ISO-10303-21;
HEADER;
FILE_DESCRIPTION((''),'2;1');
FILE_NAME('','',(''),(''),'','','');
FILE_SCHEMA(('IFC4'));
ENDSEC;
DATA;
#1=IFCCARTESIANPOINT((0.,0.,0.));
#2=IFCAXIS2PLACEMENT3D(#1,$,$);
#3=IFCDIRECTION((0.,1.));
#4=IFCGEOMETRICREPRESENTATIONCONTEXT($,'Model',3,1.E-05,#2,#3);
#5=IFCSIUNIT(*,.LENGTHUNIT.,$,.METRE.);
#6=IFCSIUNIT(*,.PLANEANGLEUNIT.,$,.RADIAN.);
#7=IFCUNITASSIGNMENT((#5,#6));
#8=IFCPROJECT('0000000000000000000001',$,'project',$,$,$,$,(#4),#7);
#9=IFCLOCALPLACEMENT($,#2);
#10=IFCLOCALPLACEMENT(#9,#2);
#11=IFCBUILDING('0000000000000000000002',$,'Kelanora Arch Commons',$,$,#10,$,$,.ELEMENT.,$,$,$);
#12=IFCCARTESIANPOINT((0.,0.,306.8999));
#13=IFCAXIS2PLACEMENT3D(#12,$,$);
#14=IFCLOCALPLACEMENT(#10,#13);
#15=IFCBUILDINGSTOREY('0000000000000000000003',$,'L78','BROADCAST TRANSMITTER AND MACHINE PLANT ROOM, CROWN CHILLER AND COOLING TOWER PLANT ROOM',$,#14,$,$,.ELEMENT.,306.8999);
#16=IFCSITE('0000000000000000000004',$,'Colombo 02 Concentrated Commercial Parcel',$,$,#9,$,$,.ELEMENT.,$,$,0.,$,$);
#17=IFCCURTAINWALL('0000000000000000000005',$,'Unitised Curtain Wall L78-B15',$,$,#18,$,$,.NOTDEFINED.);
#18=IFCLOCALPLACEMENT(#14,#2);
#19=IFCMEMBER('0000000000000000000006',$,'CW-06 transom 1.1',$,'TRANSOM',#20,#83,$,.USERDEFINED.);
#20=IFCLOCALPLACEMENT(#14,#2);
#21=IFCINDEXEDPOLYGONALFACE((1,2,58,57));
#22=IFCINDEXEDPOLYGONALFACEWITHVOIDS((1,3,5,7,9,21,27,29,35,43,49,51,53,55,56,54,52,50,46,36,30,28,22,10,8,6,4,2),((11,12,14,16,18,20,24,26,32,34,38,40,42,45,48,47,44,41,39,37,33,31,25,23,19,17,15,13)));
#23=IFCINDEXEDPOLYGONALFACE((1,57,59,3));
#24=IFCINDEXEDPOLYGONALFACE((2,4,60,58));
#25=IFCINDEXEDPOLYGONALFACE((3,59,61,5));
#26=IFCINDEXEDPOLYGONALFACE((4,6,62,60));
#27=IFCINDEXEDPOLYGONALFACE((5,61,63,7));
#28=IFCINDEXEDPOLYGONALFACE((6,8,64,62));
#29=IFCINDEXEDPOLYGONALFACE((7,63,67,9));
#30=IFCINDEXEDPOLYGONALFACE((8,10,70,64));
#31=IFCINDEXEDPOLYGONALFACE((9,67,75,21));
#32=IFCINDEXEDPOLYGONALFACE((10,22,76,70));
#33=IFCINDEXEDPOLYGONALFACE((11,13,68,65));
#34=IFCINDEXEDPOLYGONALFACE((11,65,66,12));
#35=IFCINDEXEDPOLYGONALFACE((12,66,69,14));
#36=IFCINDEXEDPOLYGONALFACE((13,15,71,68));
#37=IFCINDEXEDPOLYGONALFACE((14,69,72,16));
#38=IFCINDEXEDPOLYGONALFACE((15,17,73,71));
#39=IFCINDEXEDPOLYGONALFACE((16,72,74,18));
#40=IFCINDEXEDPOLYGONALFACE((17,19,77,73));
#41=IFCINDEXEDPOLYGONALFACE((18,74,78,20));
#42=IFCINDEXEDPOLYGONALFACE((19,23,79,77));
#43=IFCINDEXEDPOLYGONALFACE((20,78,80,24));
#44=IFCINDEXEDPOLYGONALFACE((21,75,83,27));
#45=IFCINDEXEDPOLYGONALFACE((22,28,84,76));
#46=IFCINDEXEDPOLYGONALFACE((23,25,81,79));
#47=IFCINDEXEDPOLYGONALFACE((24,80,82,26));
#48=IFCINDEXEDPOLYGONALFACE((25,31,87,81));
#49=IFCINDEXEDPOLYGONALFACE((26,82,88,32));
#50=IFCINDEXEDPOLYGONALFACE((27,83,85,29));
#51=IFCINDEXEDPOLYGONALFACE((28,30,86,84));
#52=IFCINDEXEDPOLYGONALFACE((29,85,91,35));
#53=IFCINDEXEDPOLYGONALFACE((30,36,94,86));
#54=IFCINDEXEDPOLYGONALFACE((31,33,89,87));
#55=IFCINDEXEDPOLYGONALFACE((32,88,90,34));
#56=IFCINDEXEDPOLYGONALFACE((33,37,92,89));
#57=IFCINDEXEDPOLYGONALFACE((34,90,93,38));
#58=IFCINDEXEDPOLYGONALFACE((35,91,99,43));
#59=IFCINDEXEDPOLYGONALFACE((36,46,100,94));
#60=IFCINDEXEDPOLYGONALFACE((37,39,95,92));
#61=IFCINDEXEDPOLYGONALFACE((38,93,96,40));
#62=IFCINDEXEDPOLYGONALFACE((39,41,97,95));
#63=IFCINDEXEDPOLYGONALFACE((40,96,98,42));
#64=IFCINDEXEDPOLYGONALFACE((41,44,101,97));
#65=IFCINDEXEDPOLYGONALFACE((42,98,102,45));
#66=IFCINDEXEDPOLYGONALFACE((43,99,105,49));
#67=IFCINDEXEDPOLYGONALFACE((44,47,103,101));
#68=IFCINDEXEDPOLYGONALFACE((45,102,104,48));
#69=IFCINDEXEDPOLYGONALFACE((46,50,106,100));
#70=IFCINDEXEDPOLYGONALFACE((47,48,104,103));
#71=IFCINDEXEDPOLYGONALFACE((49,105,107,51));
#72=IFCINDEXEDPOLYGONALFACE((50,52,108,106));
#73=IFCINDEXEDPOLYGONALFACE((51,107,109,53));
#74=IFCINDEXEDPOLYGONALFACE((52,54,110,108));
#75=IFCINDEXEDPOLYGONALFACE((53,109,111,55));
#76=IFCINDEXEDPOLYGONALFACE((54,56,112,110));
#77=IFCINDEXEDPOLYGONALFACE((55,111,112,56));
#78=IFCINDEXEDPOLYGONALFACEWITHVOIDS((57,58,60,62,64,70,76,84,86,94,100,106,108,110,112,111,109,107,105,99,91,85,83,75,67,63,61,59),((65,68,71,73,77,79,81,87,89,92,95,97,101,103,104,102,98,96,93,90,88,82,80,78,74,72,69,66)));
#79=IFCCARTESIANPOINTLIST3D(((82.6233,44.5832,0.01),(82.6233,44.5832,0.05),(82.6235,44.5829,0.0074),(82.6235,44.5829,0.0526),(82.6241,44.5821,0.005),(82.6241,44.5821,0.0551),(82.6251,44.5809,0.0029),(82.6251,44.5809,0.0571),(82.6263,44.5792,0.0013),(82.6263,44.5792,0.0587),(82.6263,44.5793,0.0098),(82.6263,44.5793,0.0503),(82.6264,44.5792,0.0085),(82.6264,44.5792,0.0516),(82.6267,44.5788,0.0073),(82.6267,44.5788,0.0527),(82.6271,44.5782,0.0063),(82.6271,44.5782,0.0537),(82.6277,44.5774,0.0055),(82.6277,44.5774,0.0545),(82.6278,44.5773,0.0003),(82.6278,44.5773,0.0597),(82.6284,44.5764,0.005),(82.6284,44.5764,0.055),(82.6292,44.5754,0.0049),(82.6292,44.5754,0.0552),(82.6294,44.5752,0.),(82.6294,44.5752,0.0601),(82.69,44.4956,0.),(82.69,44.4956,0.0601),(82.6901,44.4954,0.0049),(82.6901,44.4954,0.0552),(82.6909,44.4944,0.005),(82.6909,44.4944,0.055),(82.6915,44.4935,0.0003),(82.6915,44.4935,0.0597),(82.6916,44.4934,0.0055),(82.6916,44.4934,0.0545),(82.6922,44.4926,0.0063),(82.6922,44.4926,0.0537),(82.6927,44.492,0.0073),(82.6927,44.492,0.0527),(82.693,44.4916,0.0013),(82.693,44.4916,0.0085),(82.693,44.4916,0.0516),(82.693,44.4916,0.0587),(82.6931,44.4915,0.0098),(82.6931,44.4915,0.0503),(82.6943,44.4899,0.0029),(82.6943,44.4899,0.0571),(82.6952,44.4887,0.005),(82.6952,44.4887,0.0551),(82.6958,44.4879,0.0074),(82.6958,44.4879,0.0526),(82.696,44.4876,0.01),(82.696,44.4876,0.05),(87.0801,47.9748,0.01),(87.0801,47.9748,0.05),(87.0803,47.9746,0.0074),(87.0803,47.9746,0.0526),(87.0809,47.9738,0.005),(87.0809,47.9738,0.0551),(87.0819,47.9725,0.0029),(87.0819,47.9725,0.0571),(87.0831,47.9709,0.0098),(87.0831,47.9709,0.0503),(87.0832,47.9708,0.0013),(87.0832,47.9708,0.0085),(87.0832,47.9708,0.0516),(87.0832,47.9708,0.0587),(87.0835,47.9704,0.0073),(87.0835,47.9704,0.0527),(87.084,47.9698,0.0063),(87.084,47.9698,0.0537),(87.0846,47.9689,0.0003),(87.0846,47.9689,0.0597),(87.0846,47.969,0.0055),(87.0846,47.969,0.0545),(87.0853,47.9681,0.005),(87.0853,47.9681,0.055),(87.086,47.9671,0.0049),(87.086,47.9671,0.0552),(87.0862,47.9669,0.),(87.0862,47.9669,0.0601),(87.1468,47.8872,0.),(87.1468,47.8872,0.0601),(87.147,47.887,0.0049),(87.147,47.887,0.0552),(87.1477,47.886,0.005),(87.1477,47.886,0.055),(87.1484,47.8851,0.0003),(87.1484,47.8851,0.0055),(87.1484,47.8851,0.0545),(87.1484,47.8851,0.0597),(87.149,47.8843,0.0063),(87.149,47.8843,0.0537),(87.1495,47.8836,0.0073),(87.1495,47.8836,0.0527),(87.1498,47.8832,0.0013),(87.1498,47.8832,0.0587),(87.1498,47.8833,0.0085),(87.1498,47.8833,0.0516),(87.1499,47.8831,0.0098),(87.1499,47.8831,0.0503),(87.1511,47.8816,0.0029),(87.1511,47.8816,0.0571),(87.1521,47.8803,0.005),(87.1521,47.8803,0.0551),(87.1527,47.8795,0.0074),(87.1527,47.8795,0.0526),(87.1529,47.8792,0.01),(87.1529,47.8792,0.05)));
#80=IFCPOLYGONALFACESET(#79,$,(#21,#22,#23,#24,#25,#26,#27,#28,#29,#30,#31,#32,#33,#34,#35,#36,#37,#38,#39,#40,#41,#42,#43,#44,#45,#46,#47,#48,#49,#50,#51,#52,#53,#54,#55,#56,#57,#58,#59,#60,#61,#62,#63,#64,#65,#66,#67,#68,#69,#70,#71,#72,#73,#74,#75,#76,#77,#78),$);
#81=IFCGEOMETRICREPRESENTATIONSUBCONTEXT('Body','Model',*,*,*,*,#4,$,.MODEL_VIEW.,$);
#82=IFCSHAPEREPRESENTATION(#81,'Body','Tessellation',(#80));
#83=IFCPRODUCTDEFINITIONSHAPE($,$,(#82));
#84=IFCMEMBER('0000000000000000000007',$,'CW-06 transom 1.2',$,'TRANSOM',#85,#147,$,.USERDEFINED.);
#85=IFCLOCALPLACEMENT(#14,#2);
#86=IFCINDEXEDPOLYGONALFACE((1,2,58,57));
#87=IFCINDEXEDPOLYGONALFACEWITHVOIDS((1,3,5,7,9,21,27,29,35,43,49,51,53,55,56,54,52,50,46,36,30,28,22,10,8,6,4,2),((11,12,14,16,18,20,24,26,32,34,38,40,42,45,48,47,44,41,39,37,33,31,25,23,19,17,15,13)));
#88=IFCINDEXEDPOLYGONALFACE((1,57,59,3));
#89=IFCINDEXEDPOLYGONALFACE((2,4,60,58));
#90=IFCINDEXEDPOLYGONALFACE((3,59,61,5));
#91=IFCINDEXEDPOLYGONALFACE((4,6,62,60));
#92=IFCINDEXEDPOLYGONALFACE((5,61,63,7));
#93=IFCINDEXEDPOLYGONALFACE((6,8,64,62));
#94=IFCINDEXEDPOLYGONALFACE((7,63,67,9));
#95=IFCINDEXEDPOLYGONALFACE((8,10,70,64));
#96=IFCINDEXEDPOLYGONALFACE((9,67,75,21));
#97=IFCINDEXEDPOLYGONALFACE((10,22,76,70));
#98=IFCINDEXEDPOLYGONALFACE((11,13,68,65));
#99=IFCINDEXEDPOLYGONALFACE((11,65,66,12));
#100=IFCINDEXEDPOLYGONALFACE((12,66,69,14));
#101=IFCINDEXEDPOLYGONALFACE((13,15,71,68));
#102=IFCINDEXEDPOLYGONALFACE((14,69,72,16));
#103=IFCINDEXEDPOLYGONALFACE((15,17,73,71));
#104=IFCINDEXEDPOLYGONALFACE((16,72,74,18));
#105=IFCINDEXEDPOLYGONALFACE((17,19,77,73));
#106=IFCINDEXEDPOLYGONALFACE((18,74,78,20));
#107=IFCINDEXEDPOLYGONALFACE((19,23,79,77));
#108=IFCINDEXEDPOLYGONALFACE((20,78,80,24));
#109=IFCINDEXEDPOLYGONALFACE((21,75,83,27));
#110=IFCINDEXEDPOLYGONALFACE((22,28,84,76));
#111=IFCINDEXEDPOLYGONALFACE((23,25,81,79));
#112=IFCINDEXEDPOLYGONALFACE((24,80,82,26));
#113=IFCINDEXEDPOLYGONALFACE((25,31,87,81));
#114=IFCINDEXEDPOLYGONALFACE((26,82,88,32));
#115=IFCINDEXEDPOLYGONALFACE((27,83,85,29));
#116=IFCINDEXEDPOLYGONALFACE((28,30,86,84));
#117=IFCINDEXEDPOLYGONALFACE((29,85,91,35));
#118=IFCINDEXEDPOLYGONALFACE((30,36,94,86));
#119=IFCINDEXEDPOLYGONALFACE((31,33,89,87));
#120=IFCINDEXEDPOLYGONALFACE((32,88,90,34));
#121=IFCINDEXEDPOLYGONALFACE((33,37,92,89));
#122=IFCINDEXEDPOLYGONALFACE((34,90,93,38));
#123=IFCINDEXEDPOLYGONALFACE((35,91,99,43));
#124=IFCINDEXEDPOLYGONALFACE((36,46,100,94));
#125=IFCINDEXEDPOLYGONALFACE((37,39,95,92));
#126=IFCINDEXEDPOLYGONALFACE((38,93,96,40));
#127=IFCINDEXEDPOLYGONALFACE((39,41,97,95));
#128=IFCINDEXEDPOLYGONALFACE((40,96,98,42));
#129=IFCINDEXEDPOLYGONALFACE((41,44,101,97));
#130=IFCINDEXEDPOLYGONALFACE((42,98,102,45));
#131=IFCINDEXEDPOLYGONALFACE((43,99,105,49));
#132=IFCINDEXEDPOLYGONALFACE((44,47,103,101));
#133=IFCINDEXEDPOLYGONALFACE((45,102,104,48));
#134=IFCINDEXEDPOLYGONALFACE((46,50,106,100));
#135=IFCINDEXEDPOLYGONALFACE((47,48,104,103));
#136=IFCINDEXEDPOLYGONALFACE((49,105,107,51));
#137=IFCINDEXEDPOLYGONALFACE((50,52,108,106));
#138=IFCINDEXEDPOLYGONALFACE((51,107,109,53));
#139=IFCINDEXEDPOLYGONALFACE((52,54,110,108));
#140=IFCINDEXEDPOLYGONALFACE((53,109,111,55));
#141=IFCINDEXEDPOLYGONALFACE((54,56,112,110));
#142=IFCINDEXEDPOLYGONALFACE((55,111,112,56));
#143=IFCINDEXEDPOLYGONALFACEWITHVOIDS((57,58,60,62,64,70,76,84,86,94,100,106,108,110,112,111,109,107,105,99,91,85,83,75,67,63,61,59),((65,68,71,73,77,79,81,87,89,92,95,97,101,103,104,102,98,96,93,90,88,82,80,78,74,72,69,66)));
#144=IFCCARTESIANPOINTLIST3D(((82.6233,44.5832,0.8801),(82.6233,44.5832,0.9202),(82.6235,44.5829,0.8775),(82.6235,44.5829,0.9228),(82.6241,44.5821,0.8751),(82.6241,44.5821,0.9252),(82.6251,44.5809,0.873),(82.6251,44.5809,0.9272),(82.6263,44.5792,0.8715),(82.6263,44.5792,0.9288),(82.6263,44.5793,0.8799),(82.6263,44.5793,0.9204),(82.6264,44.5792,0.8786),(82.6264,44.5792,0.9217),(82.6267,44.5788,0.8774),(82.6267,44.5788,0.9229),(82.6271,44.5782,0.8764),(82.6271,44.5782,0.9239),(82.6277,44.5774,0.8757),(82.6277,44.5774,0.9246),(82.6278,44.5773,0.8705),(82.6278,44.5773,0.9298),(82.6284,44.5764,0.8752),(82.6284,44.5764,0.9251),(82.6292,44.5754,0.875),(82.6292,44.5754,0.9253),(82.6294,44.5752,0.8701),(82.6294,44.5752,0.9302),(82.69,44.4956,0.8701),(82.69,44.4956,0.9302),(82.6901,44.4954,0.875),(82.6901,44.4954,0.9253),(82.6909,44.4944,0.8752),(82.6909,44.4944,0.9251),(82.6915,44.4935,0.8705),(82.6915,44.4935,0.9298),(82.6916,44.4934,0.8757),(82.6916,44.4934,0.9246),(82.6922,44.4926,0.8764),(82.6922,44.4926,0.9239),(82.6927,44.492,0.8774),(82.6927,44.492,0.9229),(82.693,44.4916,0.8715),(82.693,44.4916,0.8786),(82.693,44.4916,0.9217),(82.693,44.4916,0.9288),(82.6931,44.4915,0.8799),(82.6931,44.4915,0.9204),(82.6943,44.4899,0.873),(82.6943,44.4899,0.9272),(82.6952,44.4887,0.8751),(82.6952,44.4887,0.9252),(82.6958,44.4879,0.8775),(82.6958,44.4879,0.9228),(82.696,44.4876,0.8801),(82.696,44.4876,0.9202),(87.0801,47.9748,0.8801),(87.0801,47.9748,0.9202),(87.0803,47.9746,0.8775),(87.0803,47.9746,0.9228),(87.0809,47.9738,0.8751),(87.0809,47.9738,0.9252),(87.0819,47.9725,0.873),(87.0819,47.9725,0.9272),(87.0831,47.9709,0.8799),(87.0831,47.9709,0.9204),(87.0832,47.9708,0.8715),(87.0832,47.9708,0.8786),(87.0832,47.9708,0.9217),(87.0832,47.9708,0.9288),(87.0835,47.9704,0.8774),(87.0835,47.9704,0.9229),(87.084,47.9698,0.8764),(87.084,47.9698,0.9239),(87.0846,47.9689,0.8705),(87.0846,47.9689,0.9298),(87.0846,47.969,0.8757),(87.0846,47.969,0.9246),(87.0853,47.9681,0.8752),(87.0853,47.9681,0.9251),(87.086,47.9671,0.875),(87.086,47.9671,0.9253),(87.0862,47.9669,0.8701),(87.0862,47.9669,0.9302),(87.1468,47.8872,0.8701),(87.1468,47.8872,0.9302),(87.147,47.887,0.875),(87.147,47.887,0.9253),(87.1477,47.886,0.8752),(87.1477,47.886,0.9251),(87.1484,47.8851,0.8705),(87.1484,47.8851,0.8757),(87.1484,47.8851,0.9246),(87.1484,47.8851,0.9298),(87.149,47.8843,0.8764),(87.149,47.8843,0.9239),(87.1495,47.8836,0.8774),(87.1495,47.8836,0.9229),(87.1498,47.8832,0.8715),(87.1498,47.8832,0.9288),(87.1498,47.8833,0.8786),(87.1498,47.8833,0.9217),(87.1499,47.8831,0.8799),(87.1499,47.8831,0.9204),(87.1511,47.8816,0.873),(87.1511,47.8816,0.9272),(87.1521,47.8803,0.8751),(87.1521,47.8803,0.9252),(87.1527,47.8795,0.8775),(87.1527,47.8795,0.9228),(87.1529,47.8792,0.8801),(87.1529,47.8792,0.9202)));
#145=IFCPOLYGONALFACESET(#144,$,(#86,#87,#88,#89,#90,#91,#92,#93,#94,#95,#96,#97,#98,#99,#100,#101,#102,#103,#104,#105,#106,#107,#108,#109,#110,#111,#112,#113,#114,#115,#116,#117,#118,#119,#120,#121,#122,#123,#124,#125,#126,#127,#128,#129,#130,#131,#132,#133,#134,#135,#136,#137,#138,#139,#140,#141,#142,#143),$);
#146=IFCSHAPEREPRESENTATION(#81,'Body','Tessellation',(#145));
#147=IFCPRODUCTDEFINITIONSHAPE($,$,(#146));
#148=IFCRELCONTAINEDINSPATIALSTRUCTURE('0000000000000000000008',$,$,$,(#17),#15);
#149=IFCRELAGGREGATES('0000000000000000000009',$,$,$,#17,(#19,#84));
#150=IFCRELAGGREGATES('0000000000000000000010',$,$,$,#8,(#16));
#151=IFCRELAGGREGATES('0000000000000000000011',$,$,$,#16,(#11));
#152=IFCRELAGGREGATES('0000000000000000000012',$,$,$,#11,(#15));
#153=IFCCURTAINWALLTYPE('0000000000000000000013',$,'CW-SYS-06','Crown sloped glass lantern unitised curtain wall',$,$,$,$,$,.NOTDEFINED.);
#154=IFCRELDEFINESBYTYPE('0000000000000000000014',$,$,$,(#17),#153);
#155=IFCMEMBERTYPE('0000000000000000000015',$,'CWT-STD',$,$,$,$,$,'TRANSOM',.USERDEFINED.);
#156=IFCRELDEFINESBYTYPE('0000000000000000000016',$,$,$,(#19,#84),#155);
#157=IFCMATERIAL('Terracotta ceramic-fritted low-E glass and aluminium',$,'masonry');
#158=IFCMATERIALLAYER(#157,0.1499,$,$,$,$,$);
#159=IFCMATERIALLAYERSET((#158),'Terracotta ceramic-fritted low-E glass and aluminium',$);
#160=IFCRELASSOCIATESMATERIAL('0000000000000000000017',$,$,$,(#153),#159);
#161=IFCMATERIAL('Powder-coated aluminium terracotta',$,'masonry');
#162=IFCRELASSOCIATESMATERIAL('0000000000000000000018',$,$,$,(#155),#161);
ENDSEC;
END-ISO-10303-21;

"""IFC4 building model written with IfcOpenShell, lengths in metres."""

from ifc_helpers import new_model, si_unit, direction, frame, origin, origin_2d, place, context, subcontext, project, spatial, hollow_rectangle, extrude, material, layer, layer_set, material_profile, profile_set, type_object, element, aggregate, save


model = new_model("IFC4")

# Units and contexts
model_context = context("Model", 3, precision=1e-05, world=origin(), true_north=direction((0.0, 1.0)))
body_context = subcontext(model_context, "Body", "Model", "MODEL_VIEW")
ifc_project = project(units=[si_unit("LENGTHUNIT", "METRE"), si_unit("PLANEANGLEUNIT", "RADIAN")], contexts=[model_context])

# Site, building, storey
site_placement = place(None, origin())
site = spatial("IfcSite", under=ifc_project, at=site_placement, Name="Colombo 02 Concentrated Commercial Parcel", CompositionType="ELEMENT", RefElevation=0.0)
building_placement = place(site_placement, origin())
building = spatial("IfcBuilding", under=site, at=building_placement, Name="Kelanora Arch Commons", CompositionType="ELEMENT")
storey_placement = place(building_placement, frame((0.0, 0.0, 306.8999)))
storey = spatial("IfcBuildingStorey", under=building, at=storey_placement, Name="L78", Description="BROADCAST TRANSMITTER AND MACHINE PLANT ROOM, CROWN CHILLER AND COOLING TOWER PLANT ROOM", CompositionType="ELEMENT", Elevation=306.8999)

# Shared definitions
ifc_material_1 = material(Name="Terracotta ceramic-fritted low-E glass and aluminium", Category="masonry")
ifc_layer_1 = layer(ifc_material_1, 0.1499)
ifc_layer_set_1 = layer_set([ifc_layer_1], Name="Terracotta ceramic-fritted low-E glass and aluminium")
curtain_wall_type = type_object("IfcCurtainWallType", Name="CW-SYS-06", Description="Crown sloped glass lantern unitised curtain wall", PredefinedType="NOTDEFINED", material=ifc_layer_set_1)
ifc_material_2 = material(Name="Powder-coated aluminium terracotta", Category="masonry")

# Curtain wall
curtain_wall_1_placement = place(storey_placement, origin())
curtain_wall_1 = element("IfcCurtainWall", 1, at=curtain_wall_1_placement, inside=storey, type_object=curtain_wall_type, Name="Unitised Curtain Wall L78-B15", PredefinedType="NOTDEFINED")

# Members
ifc_material_profile_1 = material_profile(ifc_material_2, hollow_rectangle(XDim=0.1201, YDim=0.0601, WallThickness=0.0049, InnerFilletRadius=0.0049, OuterFilletRadius=0.01, at=origin_2d()), Name="CWT120x60")
ifc_profile_set_1 = profile_set([ifc_material_profile_1], Name="Powder-coated aluminium terracotta")
member_type_1 = type_object("IfcMemberType", Name="CWT-STD", ElementType="TRANSOM", PredefinedType="USERDEFINED", material=ifc_profile_set_1)
member_1_placement = place(storey_placement, frame((82.6597, 44.5354, 0.03), z_axis=(0.79578, 0.605586, 0.0), x_axis=(-0.605586, 0.79578, 0.0)))
member_1 = element("IfcMember", 2, at=member_1_placement, type_object=member_type_1, Name="CW-06 transom 1.1", ObjectType="TRANSOM", PredefinedType="USERDEFINED", context=body_context, shape_type="SweptSolid", body=[
    extrude(hollow_rectangle(XDim=0.1201, YDim=0.0601, WallThickness=0.0049, InnerFilletRadius=0.0049, OuterFilletRadius=0.01, at=origin_2d()), origin(), (0.0, 0.0, 1.0), 5.6006),
])
member_2_placement = place(storey_placement, frame((82.6597, 44.5354, 0.9001), z_axis=(0.79578, 0.605586, 0.0), x_axis=(-0.605586, 0.79578, 0.0)))
member_2 = element("IfcMember", 3, at=member_2_placement, type_object=member_type_1, Name="CW-06 transom 1.2", ObjectType="TRANSOM", PredefinedType="USERDEFINED", context=body_context, shape_type="SweptSolid", body=[
    extrude(hollow_rectangle(XDim=0.1201, YDim=0.0601, WallThickness=0.0049, InnerFilletRadius=0.0049, OuterFilletRadius=0.01, at=origin_2d()), origin(), (0.0, 0.0, 1.0), 5.6006),
])

aggregate(curtain_wall_1, [member_1, member_2])

save(model, "model.ifc")
